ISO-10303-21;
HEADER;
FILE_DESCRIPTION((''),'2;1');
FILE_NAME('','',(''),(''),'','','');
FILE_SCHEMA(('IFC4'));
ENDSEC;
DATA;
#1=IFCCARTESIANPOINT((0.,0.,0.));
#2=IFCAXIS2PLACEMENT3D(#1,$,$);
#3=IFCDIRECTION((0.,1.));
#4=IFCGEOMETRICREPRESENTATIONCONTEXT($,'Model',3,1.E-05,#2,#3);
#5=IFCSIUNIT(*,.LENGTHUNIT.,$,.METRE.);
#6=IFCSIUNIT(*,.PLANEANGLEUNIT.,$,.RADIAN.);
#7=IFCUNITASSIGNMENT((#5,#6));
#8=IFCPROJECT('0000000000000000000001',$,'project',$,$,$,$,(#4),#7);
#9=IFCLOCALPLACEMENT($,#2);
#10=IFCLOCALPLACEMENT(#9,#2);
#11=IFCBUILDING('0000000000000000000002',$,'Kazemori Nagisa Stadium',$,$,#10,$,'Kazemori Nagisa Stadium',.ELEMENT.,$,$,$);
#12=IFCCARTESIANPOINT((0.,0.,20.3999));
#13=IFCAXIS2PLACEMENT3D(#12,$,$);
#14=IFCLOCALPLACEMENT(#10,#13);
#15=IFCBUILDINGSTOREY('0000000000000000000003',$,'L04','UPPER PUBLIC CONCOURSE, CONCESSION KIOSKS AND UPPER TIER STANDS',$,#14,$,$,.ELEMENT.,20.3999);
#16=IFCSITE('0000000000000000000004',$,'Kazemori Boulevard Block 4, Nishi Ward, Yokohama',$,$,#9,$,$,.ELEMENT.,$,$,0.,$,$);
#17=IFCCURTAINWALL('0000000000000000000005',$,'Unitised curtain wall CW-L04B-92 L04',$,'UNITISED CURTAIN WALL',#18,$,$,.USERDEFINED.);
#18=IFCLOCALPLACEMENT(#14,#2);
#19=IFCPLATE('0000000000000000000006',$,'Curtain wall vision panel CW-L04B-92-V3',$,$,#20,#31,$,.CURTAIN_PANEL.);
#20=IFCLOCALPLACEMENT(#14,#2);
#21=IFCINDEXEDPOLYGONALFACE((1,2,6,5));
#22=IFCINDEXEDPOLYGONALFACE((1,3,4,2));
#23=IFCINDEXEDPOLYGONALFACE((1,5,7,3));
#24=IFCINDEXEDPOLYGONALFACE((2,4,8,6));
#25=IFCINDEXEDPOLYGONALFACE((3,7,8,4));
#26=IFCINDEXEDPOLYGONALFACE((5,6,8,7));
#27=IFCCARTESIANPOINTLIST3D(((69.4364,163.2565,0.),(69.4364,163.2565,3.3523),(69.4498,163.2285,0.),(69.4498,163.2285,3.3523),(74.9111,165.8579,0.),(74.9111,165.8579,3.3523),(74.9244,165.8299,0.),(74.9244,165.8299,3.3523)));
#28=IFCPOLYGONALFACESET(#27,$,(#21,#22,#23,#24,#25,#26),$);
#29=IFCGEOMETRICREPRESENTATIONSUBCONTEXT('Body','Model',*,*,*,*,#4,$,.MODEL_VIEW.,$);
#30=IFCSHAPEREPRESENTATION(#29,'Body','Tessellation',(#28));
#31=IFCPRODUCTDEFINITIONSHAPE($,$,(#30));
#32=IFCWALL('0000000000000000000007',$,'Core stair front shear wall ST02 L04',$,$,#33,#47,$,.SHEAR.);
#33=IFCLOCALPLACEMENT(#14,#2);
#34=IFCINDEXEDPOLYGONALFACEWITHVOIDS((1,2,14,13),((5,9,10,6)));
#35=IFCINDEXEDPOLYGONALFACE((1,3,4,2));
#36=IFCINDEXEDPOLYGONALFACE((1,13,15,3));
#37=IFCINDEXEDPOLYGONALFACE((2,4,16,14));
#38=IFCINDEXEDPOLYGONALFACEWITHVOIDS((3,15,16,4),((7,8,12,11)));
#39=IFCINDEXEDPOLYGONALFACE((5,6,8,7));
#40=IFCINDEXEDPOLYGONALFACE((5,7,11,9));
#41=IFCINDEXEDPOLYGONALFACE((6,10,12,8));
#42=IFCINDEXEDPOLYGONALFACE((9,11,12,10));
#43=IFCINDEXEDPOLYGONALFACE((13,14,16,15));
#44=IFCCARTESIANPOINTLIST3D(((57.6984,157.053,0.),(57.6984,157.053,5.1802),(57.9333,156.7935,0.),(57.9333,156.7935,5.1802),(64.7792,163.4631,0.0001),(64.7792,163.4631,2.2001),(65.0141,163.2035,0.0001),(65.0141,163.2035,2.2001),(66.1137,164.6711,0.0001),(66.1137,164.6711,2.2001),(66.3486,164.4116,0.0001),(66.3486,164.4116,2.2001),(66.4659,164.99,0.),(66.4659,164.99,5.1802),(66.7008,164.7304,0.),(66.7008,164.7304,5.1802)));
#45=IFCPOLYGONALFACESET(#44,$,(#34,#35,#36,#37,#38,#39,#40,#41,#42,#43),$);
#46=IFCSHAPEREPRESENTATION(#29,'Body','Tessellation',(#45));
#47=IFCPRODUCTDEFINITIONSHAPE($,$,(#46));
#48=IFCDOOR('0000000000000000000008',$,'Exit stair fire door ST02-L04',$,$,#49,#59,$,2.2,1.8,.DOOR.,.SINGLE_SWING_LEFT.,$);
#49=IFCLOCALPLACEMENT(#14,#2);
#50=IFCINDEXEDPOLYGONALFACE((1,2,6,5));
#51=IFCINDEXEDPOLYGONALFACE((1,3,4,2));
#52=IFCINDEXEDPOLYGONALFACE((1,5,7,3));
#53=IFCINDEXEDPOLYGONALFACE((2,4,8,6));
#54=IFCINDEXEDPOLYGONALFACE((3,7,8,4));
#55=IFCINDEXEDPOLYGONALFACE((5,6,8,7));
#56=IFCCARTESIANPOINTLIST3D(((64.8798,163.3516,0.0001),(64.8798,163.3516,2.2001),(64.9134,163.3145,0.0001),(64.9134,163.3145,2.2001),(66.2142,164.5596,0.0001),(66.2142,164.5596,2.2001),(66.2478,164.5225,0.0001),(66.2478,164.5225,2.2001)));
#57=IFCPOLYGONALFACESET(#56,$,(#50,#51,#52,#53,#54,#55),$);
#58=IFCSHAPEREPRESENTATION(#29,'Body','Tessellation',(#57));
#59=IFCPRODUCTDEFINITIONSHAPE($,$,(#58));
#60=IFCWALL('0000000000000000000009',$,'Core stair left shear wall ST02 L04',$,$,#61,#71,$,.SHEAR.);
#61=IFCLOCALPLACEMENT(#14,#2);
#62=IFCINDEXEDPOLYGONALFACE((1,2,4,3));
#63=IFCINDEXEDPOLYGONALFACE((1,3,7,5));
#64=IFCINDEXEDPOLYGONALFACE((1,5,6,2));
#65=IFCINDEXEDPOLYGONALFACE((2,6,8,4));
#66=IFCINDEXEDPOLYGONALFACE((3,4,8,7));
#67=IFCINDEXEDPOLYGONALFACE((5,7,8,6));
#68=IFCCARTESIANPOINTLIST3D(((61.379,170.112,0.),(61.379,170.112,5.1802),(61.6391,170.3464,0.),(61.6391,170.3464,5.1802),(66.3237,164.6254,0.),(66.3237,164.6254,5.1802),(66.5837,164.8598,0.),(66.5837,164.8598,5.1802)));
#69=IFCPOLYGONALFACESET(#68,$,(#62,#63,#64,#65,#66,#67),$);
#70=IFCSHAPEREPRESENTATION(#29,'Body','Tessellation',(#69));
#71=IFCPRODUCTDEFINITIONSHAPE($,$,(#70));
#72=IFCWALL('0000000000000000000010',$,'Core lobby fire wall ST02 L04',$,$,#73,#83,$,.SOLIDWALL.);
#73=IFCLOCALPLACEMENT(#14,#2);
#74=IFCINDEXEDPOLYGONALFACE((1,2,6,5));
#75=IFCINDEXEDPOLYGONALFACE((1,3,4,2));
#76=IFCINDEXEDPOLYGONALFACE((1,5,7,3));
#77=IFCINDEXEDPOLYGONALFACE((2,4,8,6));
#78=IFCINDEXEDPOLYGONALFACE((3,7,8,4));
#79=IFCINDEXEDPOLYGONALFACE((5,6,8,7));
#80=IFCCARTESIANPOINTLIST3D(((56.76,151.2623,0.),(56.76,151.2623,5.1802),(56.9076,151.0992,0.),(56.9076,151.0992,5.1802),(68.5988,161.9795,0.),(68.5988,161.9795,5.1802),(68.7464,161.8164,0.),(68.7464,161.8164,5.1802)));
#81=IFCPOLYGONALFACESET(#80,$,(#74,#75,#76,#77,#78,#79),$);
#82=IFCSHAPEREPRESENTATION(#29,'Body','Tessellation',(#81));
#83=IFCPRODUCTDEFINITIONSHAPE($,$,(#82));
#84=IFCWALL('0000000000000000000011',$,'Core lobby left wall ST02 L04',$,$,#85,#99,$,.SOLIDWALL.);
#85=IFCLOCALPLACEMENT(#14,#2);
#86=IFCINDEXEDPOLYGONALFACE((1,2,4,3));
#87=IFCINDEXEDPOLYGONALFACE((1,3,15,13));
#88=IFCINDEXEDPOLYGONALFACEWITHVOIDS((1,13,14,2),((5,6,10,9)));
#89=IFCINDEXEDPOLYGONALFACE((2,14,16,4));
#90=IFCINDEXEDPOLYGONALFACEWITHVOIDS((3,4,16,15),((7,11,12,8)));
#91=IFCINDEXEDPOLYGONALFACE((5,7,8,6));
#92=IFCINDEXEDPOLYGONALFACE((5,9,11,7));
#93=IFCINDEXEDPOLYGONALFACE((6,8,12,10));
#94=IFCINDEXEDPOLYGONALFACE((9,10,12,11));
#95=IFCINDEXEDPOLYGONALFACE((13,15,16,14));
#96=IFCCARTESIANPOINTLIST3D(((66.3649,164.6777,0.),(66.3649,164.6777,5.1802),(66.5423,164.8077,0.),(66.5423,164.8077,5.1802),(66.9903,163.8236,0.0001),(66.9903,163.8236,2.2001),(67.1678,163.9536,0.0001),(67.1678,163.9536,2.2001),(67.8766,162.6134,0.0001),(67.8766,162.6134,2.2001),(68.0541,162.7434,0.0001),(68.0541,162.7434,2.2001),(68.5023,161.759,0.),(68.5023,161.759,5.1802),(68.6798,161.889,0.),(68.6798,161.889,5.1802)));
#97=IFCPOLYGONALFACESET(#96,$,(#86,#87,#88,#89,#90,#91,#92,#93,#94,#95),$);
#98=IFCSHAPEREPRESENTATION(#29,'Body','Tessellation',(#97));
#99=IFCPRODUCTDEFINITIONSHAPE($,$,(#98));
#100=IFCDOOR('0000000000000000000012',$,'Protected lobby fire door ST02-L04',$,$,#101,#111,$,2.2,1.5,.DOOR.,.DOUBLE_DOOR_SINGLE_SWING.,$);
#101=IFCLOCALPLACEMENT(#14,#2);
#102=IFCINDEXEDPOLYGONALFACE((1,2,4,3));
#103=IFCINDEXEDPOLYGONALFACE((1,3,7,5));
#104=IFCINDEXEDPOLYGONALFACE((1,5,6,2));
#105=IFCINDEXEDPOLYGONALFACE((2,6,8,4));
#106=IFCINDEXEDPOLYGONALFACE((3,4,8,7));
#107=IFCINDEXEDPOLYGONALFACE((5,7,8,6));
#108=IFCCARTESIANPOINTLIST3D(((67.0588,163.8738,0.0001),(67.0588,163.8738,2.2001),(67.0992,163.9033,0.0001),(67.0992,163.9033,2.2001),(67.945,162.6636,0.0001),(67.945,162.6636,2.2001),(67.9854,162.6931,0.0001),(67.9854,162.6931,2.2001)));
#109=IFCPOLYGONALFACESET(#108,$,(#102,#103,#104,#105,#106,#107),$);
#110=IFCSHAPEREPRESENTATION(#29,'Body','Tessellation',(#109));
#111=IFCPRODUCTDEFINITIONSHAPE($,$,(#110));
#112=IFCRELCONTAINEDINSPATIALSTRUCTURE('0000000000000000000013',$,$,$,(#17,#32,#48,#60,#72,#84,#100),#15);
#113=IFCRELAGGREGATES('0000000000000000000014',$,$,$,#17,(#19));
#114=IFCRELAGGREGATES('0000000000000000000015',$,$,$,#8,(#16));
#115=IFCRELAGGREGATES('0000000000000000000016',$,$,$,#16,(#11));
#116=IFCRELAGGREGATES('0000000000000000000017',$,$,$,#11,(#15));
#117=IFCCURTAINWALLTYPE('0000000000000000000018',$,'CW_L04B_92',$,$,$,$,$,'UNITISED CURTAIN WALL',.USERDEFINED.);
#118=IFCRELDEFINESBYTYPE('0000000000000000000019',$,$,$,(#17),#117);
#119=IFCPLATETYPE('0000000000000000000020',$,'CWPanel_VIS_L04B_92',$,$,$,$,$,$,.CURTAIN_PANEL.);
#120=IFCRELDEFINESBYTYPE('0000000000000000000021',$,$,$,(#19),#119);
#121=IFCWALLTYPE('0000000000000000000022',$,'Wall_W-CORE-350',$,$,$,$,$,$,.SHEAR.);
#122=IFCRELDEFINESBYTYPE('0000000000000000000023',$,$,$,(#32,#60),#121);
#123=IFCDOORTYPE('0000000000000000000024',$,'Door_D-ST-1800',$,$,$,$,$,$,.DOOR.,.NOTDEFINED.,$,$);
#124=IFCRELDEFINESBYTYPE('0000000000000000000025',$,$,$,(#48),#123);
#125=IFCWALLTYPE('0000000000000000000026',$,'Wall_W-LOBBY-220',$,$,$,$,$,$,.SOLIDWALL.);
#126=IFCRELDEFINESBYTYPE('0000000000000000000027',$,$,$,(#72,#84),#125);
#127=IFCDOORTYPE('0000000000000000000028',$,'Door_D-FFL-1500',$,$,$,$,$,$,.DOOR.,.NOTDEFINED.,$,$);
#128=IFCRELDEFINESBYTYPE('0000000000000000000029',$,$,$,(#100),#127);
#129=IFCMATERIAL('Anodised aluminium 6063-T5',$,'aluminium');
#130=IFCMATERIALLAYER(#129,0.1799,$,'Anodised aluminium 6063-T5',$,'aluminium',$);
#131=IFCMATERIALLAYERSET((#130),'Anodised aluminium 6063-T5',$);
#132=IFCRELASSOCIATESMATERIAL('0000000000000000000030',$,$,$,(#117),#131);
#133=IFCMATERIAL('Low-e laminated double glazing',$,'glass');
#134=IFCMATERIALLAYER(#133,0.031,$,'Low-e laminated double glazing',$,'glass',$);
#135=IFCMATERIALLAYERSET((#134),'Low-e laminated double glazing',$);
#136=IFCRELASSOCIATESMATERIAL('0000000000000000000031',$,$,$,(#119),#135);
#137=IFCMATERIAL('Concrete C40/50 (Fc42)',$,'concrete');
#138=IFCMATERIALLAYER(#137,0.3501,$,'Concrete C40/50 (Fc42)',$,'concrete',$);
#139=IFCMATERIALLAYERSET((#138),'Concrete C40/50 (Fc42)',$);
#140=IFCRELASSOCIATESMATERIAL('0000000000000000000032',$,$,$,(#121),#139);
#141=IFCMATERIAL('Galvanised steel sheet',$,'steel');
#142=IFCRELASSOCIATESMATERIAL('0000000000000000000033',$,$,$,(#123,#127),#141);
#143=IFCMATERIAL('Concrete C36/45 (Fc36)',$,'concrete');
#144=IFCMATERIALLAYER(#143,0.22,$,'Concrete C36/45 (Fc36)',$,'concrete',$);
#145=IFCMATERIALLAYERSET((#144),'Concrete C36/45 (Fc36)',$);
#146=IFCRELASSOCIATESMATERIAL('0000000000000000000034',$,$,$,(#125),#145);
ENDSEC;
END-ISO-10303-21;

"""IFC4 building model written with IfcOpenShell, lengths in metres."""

from ifc_helpers import new_model, si_unit, direction, frame, frame_2d, origin, origin_2d, place, context, subcontext, project, spatial, rectangle, extrude, material, layer, layer_set, type_object, element, fill, aggregate, save


model = new_model("IFC4")

# Units and contexts
model_context = context("Model", 3, precision=1e-05, world=origin(), true_north=direction((0.0, 1.0)))
body_context = subcontext(model_context, "Body", "Model", "MODEL_VIEW")
ifc_project = project(units=[si_unit("LENGTHUNIT", "METRE"), si_unit("PLANEANGLEUNIT", "RADIAN")], contexts=[model_context])

# Site, building, storey
site_placement = place(None, origin())
site = spatial("IfcSite", under=ifc_project, at=site_placement, Name="Kazemori Boulevard Block 4, Nishi Ward, Yokohama", CompositionType="ELEMENT", RefElevation=0.0)
building_placement = place(site_placement, origin())
building = spatial("IfcBuilding", under=site, at=building_placement, Name="Kazemori Nagisa Stadium", LongName="Kazemori Nagisa Stadium", CompositionType="ELEMENT")
storey_placement = place(building_placement, frame((0.0, 0.0, 20.3999)))
storey = spatial("IfcBuildingStorey", under=building, at=storey_placement, Name="L04", Description="UPPER PUBLIC CONCOURSE, CONCESSION KIOSKS AND UPPER TIER STANDS", CompositionType="ELEMENT", Elevation=20.3999)

# Shared definitions
ifc_material_1 = material(Name="Concrete C40/50 (Fc42)", Category="concrete")

# Curtain wall, plate
ifc_material_2 = material(Name="Anodised aluminium 6063-T5", Category="aluminium")
ifc_layer_1 = layer(ifc_material_2, 0.1799, Name="Anodised aluminium 6063-T5", Category="aluminium")
ifc_layer_set_1 = layer_set([ifc_layer_1], Name="Anodised aluminium 6063-T5")
curtain_wall_type = type_object("IfcCurtainWallType", Name="CW_L04B_92", ElementType="UNITISED CURTAIN WALL", PredefinedType="USERDEFINED", material=ifc_layer_set_1)
curtain_wall_placement = place(storey_placement, origin())
curtain_wall = element("IfcCurtainWall", 1, at=curtain_wall_placement, inside=storey, type_object=curtain_wall_type, Name="Unitised curtain wall CW-L04B-92 L04", ObjectType="UNITISED CURTAIN WALL", PredefinedType="USERDEFINED")
ifc_material_3 = material(Name="Low-e laminated double glazing", Category="glass")
ifc_layer_2 = layer(ifc_material_3, 0.031, Name="Low-e laminated double glazing", Category="glass")
ifc_layer_set_2 = layer_set([ifc_layer_2], Name="Low-e laminated double glazing")
plate_type_1 = type_object("IfcPlateType", Name="CWPanel_VIS_L04B_92", PredefinedType="CURTAIN_PANEL", material=ifc_layer_set_2)
plate_1_placement = place(storey_placement, frame((72.1804, 164.5432, 0.0), z_axis=(0.0, 0.0, 1.0), x_axis=(-0.903216, -0.429186, 0.0)))
plate_1 = element("IfcPlate", 2, at=plate_1_placement, type_object=plate_type_1, Name="Curtain wall vision panel CW-L04B-92-V3", PredefinedType="CURTAIN_PANEL", context=body_context, shape_type="SweptSolid", body=[
    extrude(rectangle(XDim=6.0613, YDim=0.031, at=origin_2d()), origin(), (0.0, 0.0, 1.0), 3.3523),
])
aggregate(curtain_wall, [plate_1])

# Wall, opening, door
ifc_layer_3 = layer(ifc_material_1, 0.3501, Name="Concrete C40/50 (Fc42)", Category="concrete")
ifc_layer_set_3 = layer_set([ifc_layer_3], Name="Concrete C40/50 (Fc42)")
wall_type_1 = type_object("IfcWallType", Name="Wall_W-CORE-350", PredefinedType="SHEAR", material=ifc_layer_set_3)
wall_1_placement = place(storey_placement, frame((66.5833, 164.8601, 0.0), z_axis=(0.0, 0.0, 1.0), x_axis=(-0.741349, -0.67112, 0.0)))
wall_1 = element("IfcWall", 3, at=wall_1_placement, inside=storey, type_object=wall_type_1, Name="Core stair front shear wall ST02 L04", PredefinedType="SHEAR", context=body_context, shape_type="SweptSolid", body=[
    extrude(rectangle(XDim=11.8264, YDim=0.3501, at=frame_2d((5.9131, 0.0))), origin(), (0.0, 0.0, 1.0), 5.1802),
])
opening_1_placement = place(wall_1_placement, frame((0.4751, 0.0, 0.0)))
opening_1 = element("IfcOpeningElement", 4, at=opening_1_placement, cuts=wall_1, PredefinedType="OPENING", context=body_context, shape_type="SweptSolid", body=[
    extrude(rectangle(XDim=1.8, YDim=2.2, at=frame_2d((0.8999, 1.1001))), frame((0.0, 0.1851, 0.0), z_axis=(0.0, -1.0, 0.0), x_axis=(1.0, 0.0, 0.0)), (0.0, 0.0, 1.0), 0.3701),
])
ifc_material_4 = material(Name="Galvanised steel sheet", Category="steel")
door_type_1 = type_object("IfcDoorType", Name="Door_D-ST-1800", OperationType="NOTDEFINED", PredefinedType="DOOR", material=ifc_material_4)
door_1_placement = place(opening_1_placement, frame((1.8, 0.0, 0.0), z_axis=(0.0, 0.0, 1.0), x_axis=(-1.0, 0.0, 0.0)))
door_1 = element("IfcDoor", 5, at=door_1_placement, inside=storey, type_object=door_type_1, Name="Exit stair fire door ST02-L04", OperationType="SINGLE_SWING_LEFT", OverallHeight=2.2, OverallWidth=1.8, PredefinedType="DOOR", context=body_context, shape_type="SweptSolid", body=[
    extrude(rectangle(XDim=1.8, YDim=2.2, at=frame_2d((0.8999, 1.1001))), frame((0.0, 0.0249, 0.0), z_axis=(0.0, -1.0, 0.0), x_axis=(1.0, 0.0, 0.0)), (0.0, 0.0, 1.0), 0.05),
])
fill(opening_1, door_1)

# Walls
wall_2_placement = place(storey_placement, frame((66.4536, 164.7427, 0.0), z_axis=(0.0, 0.0, 1.0), x_axis=(-0.669463, 0.742845, 0.0)))
element("IfcWall", 6, at=wall_2_placement, inside=storey, type_object=wall_type_1, Name="Core stair left shear wall ST02 L04", PredefinedType="SHEAR", context=body_context, shape_type="SweptSolid", body=[
    extrude(rectangle(XDim=7.386, YDim=0.3501, at=frame_2d((3.6929, 0.0))), origin(), (0.0, 0.0, 1.0), 5.1802),
])
ifc_material_5 = material(Name="Concrete C36/45 (Fc36)", Category="concrete")
ifc_layer_4 = layer(ifc_material_5, 0.22, Name="Concrete C36/45 (Fc36)", Category="concrete")
ifc_layer_set_4 = layer_set([ifc_layer_4], Name="Concrete C36/45 (Fc36)")
wall_type_2 = type_object("IfcWallType", Name="Wall_W-LOBBY-220", PredefinedType="SOLIDWALL", material=ifc_layer_set_4)
wall_3_placement = place(storey_placement, frame((68.6726, 161.8979, 0.0), z_axis=(0.0, 0.0, 1.0), x_axis=(-0.741351, -0.671117, 0.0)))
element("IfcWall", 7, at=wall_3_placement, inside=storey, type_object=wall_type_2, Name="Core lobby fire wall ST02 L04", PredefinedType="SOLIDWALL", context=body_context, shape_type="SweptSolid", body=[
    extrude(rectangle(XDim=15.9692, YDim=0.22, at=frame_2d((7.9846, 0.0))), origin(), (0.0, 0.0, 1.0), 5.1802),
])

# Wall, opening, door
wall_4_placement = place(storey_placement, frame((68.5911, 161.824, 0.0), z_axis=(0.0, 0.0, 1.0), x_axis=(-0.590837, 0.806791, 0.0)))
wall_4 = element("IfcWall", 8, at=wall_4_placement, inside=storey, type_object=wall_type_2, Name="Core lobby left wall ST02 L04", PredefinedType="SOLIDWALL", context=body_context, shape_type="SweptSolid", body=[
    extrude(rectangle(XDim=3.6177, YDim=0.22, at=frame_2d((1.8088, 0.0))), origin(), (0.0, 0.0, 1.0), 5.1802),
])
opening_2_placement = place(wall_4_placement, frame((1.0591, 0.0, 0.0)))
opening_2 = element("IfcOpeningElement", 9, at=opening_2_placement, cuts=wall_4, PredefinedType="OPENING", context=body_context, shape_type="SweptSolid", body=[
    extrude(rectangle(XDim=1.5, YDim=2.2, at=frame_2d((0.75, 1.1001))), frame((0.0, 0.1199, 0.0), z_axis=(0.0, -1.0, 0.0), x_axis=(1.0, 0.0, 0.0)), (0.0, 0.0, 1.0), 0.24),
])
door_type_2 = type_object("IfcDoorType", Name="Door_D-FFL-1500", OperationType="NOTDEFINED", PredefinedType="DOOR", material=ifc_material_4)
door_2_placement = place(opening_2_placement, frame((1.5, 0.0, 0.0), z_axis=(0.0, 0.0, 1.0), x_axis=(-1.0, 0.0, 0.0)))
door_2 = element("IfcDoor", 10, at=door_2_placement, inside=storey, type_object=door_type_2, Name="Protected lobby fire door ST02-L04", OperationType="DOUBLE_DOOR_SINGLE_SWING", OverallHeight=2.2, OverallWidth=1.5, PredefinedType="DOOR", context=body_context, shape_type="SweptSolid", body=[
    extrude(rectangle(XDim=1.5, YDim=2.2, at=frame_2d((0.75, 1.1001))), frame((0.0, 0.0249, 0.0), z_axis=(0.0, -1.0, 0.0), x_axis=(1.0, 0.0, 0.0)), (0.0, 0.0, 1.0), 0.05),
])
fill(opening_2, door_2)

save(model, "model.ifc")
